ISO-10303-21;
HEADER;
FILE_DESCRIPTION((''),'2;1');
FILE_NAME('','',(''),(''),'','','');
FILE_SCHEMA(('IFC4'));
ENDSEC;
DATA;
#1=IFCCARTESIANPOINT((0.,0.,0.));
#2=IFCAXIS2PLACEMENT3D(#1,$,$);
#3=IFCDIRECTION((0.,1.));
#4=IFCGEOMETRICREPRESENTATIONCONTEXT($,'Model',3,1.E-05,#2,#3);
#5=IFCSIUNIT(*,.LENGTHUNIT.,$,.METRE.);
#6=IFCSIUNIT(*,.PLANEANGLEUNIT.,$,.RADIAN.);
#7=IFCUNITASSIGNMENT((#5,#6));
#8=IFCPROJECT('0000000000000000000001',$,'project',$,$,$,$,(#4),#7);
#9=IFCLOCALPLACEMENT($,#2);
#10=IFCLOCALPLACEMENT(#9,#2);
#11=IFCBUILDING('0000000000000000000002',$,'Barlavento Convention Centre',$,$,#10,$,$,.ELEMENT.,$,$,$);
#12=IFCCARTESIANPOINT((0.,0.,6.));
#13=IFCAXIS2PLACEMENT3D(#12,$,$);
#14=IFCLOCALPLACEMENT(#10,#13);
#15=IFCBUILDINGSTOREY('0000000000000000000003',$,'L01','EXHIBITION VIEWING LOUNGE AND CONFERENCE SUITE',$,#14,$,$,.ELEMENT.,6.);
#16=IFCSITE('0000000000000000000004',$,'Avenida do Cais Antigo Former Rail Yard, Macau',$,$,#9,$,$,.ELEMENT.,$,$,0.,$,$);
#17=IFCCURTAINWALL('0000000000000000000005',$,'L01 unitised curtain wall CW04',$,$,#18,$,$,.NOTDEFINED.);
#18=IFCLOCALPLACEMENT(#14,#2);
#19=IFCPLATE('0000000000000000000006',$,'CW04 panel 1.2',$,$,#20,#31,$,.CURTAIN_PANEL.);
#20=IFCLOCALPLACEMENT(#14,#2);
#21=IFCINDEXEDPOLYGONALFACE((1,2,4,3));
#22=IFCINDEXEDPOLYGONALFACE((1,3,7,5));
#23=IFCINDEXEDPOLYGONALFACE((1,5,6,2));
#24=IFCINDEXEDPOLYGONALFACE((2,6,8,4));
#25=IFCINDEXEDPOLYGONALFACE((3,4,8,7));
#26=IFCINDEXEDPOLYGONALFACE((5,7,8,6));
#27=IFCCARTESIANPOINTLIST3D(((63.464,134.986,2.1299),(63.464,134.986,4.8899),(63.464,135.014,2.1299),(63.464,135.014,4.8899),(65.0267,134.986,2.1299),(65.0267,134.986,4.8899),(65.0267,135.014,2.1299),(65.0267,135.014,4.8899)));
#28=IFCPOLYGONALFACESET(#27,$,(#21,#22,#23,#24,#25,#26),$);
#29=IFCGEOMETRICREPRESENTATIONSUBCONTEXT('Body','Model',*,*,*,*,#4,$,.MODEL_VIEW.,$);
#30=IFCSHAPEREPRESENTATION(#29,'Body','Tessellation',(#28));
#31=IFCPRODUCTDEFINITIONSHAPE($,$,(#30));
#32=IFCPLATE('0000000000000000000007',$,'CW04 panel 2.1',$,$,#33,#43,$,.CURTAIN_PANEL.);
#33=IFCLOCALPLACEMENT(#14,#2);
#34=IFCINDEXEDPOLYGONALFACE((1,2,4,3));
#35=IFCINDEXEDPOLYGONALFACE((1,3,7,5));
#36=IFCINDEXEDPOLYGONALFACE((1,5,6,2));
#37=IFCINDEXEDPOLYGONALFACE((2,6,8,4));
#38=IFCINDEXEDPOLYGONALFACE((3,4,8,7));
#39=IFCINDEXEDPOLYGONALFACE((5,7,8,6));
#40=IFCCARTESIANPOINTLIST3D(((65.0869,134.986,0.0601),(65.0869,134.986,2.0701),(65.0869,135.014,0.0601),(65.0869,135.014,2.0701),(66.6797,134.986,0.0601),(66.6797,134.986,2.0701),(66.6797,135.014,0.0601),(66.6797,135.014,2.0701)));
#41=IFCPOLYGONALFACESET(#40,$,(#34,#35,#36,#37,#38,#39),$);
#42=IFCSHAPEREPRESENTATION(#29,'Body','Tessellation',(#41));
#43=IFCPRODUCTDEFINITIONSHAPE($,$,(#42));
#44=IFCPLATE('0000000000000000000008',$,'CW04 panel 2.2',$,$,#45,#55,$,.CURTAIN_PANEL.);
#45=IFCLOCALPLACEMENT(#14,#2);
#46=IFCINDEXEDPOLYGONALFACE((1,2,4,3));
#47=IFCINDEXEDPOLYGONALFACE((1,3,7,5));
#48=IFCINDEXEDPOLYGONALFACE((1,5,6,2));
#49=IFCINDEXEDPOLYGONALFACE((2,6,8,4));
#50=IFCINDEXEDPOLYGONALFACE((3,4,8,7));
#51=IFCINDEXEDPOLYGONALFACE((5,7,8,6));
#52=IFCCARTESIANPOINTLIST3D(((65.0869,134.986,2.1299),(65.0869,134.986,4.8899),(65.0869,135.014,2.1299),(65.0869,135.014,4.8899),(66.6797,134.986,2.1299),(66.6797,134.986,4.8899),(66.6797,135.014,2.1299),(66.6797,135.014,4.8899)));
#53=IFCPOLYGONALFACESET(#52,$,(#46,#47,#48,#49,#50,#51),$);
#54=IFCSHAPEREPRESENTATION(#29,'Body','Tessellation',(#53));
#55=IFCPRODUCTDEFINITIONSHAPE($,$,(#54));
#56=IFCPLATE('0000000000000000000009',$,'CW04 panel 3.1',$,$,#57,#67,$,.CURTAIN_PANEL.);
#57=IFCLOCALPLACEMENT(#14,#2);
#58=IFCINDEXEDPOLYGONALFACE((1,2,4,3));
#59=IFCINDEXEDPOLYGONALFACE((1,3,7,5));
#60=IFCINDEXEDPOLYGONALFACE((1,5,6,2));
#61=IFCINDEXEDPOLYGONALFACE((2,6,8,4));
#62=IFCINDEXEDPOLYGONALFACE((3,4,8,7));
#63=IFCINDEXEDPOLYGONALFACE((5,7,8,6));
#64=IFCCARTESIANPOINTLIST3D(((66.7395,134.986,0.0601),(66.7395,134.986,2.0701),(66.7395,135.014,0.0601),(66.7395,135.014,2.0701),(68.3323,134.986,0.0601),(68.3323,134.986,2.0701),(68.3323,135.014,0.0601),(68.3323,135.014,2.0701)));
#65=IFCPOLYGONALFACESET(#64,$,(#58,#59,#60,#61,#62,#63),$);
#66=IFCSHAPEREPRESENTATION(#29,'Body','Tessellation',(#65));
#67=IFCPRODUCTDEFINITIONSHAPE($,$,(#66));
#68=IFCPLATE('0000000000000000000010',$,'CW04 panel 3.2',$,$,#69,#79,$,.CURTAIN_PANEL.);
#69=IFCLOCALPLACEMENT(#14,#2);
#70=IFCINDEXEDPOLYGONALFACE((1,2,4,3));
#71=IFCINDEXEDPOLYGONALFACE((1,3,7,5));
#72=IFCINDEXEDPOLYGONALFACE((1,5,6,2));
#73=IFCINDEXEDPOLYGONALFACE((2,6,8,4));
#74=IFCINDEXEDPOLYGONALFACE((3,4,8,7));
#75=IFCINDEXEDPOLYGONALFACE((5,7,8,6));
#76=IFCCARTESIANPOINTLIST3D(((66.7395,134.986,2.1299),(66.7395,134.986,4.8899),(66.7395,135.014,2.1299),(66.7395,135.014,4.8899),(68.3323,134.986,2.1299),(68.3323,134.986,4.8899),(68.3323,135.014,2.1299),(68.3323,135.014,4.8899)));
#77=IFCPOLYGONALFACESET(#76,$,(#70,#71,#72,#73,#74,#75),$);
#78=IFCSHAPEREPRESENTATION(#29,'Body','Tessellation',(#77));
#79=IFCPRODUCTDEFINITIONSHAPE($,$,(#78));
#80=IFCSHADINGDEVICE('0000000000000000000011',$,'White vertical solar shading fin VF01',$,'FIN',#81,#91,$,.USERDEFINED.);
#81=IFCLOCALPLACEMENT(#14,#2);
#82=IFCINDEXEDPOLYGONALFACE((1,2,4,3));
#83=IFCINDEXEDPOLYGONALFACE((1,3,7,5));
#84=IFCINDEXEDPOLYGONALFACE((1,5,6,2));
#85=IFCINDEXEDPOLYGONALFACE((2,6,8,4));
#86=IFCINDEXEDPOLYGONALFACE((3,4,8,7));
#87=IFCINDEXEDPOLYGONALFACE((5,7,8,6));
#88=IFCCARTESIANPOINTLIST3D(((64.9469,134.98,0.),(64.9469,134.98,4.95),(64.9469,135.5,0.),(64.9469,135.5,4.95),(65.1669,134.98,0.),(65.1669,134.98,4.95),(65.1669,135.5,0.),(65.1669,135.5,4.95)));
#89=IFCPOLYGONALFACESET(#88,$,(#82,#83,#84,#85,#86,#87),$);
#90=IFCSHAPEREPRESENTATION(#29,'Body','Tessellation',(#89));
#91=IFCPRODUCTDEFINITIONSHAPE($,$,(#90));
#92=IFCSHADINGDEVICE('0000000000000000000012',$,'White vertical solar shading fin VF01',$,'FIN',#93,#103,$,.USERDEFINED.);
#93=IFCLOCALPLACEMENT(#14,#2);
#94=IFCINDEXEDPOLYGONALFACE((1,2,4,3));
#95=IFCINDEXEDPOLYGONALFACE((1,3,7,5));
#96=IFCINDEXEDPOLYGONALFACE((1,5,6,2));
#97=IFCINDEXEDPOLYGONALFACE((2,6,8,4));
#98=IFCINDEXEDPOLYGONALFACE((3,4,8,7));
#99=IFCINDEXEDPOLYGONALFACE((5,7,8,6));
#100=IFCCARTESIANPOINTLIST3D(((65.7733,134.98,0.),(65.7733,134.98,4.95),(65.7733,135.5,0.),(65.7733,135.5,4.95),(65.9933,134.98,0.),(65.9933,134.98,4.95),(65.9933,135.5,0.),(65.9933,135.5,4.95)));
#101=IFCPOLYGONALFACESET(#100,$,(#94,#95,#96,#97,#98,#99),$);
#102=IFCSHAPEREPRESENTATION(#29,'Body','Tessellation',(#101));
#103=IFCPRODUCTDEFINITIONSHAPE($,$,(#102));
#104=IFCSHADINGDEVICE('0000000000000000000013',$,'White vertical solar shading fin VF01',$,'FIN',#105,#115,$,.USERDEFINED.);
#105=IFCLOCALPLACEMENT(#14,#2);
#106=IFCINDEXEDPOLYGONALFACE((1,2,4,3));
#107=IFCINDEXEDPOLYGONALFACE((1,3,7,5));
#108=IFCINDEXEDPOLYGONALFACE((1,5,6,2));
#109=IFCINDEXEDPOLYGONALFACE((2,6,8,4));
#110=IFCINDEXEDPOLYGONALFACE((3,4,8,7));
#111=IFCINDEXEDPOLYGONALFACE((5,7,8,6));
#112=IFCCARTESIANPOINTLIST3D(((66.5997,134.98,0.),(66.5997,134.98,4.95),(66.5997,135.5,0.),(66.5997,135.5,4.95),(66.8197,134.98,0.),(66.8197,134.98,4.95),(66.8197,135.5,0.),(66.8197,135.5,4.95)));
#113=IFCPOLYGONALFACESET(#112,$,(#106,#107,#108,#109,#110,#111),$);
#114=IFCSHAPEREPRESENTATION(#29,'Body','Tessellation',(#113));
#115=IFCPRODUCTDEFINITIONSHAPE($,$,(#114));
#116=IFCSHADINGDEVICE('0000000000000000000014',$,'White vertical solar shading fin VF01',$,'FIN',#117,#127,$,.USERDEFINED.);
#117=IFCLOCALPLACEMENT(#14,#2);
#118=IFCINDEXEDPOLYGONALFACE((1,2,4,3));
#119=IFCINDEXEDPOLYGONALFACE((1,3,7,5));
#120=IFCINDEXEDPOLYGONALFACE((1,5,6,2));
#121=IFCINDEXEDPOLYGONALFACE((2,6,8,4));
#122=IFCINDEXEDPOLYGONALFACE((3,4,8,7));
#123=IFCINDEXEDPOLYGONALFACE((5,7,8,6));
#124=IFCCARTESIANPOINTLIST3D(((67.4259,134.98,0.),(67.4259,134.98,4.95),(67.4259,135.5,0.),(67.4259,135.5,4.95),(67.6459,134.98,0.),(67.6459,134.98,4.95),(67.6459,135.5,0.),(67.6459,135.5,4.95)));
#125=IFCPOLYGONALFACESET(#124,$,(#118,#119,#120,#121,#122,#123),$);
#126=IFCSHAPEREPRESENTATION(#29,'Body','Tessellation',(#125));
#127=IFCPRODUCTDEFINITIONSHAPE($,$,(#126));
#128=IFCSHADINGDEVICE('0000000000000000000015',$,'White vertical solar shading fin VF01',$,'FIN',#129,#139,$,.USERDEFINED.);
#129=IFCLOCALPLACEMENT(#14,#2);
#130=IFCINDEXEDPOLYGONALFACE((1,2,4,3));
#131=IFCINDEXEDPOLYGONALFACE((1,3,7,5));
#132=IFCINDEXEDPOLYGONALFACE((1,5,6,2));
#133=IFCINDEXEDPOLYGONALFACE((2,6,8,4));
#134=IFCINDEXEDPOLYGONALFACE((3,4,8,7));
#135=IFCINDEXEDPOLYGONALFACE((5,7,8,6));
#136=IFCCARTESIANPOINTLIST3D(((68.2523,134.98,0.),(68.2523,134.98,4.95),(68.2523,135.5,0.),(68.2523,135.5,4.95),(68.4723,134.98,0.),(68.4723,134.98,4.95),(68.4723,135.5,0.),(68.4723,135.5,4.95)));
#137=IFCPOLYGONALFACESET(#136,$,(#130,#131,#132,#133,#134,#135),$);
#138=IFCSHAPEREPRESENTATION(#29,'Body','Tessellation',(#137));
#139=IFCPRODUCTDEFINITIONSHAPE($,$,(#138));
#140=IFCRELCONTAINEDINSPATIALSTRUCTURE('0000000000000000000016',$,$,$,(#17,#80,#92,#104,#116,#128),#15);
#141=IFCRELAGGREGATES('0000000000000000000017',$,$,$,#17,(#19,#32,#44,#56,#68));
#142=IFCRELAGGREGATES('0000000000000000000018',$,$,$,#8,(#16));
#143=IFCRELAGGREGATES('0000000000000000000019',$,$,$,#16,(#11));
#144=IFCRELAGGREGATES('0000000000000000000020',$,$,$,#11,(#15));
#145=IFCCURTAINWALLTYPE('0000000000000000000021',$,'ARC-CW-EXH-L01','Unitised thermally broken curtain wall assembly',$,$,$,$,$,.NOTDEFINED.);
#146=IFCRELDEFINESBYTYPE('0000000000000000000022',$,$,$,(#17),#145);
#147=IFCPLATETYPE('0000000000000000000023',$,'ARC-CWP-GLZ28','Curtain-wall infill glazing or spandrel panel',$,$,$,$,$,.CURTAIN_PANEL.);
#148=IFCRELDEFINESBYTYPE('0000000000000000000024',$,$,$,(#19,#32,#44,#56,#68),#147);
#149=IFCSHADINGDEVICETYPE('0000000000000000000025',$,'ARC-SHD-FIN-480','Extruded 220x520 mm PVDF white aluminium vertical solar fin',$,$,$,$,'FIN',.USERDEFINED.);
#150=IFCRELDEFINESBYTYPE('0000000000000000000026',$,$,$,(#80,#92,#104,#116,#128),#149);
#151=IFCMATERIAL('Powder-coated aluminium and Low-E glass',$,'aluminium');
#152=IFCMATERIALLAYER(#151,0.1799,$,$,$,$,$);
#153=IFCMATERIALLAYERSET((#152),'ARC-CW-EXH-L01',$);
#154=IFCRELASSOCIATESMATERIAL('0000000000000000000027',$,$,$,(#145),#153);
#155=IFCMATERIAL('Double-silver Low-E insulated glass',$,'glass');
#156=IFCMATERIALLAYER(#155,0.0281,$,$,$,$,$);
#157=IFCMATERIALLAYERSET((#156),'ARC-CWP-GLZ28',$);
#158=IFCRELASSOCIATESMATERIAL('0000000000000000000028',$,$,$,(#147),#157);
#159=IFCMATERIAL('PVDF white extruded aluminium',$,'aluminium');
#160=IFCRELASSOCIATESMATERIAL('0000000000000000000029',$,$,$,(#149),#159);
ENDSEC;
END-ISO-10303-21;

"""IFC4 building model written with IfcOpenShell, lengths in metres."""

from ifc_helpers import new_model, si_unit, direction, frame, origin, origin_2d, place, context, subcontext, project, spatial, rectangle, extrude, material, layer, layer_set, type_object, element, aggregate, save


model = new_model("IFC4")

# Units and contexts
model_context = context("Model", 3, precision=1e-05, world=origin(), true_north=direction((0.0, 1.0)))
body_context = subcontext(model_context, "Body", "Model", "MODEL_VIEW")
ifc_project = project(units=[si_unit("LENGTHUNIT", "METRE"), si_unit("PLANEANGLEUNIT", "RADIAN")], contexts=[model_context])

# Site, building, storey
site_placement = place(None, origin())
site = spatial("IfcSite", under=ifc_project, at=site_placement, Name="Avenida do Cais Antigo Former Rail Yard, Macau", CompositionType="ELEMENT", RefElevation=0.0)
building_placement = place(site_placement, origin())
building = spatial("IfcBuilding", under=site, at=building_placement, Name="Barlavento Convention Centre", CompositionType="ELEMENT")
storey_placement = place(building_placement, frame((0.0, 0.0, 6.0)))
storey = spatial("IfcBuildingStorey", under=building, at=storey_placement, Name="L01", Description="EXHIBITION VIEWING LOUNGE AND CONFERENCE SUITE", CompositionType="ELEMENT", Elevation=6.0)

# Curtain wall, plates
ifc_material_1 = material(Name="Powder-coated aluminium and Low-E glass", Category="aluminium")
ifc_layer_1 = layer(ifc_material_1, 0.1799)
ifc_layer_set_1 = layer_set([ifc_layer_1], Name="ARC-CW-EXH-L01")
curtain_wall_type = type_object("IfcCurtainWallType", Name="ARC-CW-EXH-L01", Description="Unitised thermally broken curtain wall assembly", PredefinedType="NOTDEFINED", material=ifc_layer_set_1)
curtain_wall_placement = place(storey_placement, origin())
curtain_wall = element("IfcCurtainWall", 1, at=curtain_wall_placement, inside=storey, type_object=curtain_wall_type, Name="L01 unitised curtain wall CW04", PredefinedType="NOTDEFINED")
ifc_material_2 = material(Name="Double-silver Low-E insulated glass", Category="glass")
ifc_layer_2 = layer(ifc_material_2, 0.0281)
ifc_layer_set_2 = layer_set([ifc_layer_2], Name="ARC-CWP-GLZ28")
plate_type = type_object("IfcPlateType", Name="ARC-CWP-GLZ28", Description="Curtain-wall infill glazing or spandrel panel", PredefinedType="CURTAIN_PANEL", material=ifc_layer_set_2)
plate_1_placement = place(storey_placement, frame((64.2454, 135.0, 2.1299), z_axis=(0.0, 0.0, 1.0), x_axis=(1.0, 0.0, 0.0)))
plate_1 = element("IfcPlate", 2, at=plate_1_placement, type_object=plate_type, Name="CW04 panel 1.2", PredefinedType="CURTAIN_PANEL", context=body_context, shape_type="SweptSolid", body=[
    extrude(rectangle(XDim=1.5627, YDim=0.0281, at=origin_2d()), origin(), (0.0, 0.0, 1.0), 2.76),
])
plate_2_placement = place(storey_placement, frame((65.8833, 135.0, 0.0601), z_axis=(0.0, 0.0, 1.0), x_axis=(1.0, 0.0, 0.0)))
plate_2 = element("IfcPlate", 3, at=plate_2_placement, type_object=plate_type, Name="CW04 panel 2.1", PredefinedType="CURTAIN_PANEL", context=body_context, shape_type="SweptSolid", body=[
    extrude(rectangle(XDim=1.5928, YDim=0.0281, at=origin_2d()), origin(), (0.0, 0.0, 1.0), 2.01),
])
plate_3_placement = place(storey_placement, frame((65.8833, 135.0, 2.1299), z_axis=(0.0, 0.0, 1.0), x_axis=(1.0, 0.0, 0.0)))
plate_3 = element("IfcPlate", 4, at=plate_3_placement, type_object=plate_type, Name="CW04 panel 2.2", PredefinedType="CURTAIN_PANEL", context=body_context, shape_type="SweptSolid", body=[
    extrude(rectangle(XDim=1.5928, YDim=0.0281, at=origin_2d()), origin(), (0.0, 0.0, 1.0), 2.76),
])
plate_4_placement = place(storey_placement, frame((67.5359, 135.0, 0.0601), z_axis=(0.0, 0.0, 1.0), x_axis=(1.0, 0.0, 0.0)))
plate_4 = element("IfcPlate", 5, at=plate_4_placement, type_object=plate_type, Name="CW04 panel 3.1", PredefinedType="CURTAIN_PANEL", context=body_context, shape_type="SweptSolid", body=[
    extrude(rectangle(XDim=1.5928, YDim=0.0281, at=origin_2d()), origin(), (0.0, 0.0, 1.0), 2.01),
])
plate_5_placement = place(storey_placement, frame((67.5359, 135.0, 2.1299), z_axis=(0.0, 0.0, 1.0), x_axis=(1.0, 0.0, 0.0)))
plate_5 = element("IfcPlate", 6, at=plate_5_placement, type_object=plate_type, Name="CW04 panel 3.2", PredefinedType="CURTAIN_PANEL", context=body_context, shape_type="SweptSolid", body=[
    extrude(rectangle(XDim=1.5928, YDim=0.0281, at=origin_2d()), origin(), (0.0, 0.0, 1.0), 2.76),
])
aggregate(curtain_wall, [plate_1, plate_2, plate_3, plate_4, plate_5])

# Shading devices
ifc_material_3 = material(Name="PVDF white extruded aluminium", Category="aluminium")
shading_device_type = type_object("IfcShadingDeviceType", Name="ARC-SHD-FIN-480", Description="Extruded 220x520 mm PVDF white aluminium vertical solar fin", ElementType="FIN", PredefinedType="USERDEFINED", material=ifc_material_3)
for number, where, z_axis, x_axis, name in (
    (7, (65.0569, 135.24, 0.0), (0.0, 0.0, 1.0), (1.0, 0.0, 0.0), "White vertical solar shading fin VF01"),
    (8, (65.8833, 135.24, 0.0), (0.0, 0.0, 1.0), (1.0, 0.0, 0.0), "White vertical solar shading fin VF01"),
    (9, (66.7097, 135.24, 0.0), (0.0, 0.0, 1.0), (1.0, 0.0, 0.0), "White vertical solar shading fin VF01"),
    (10, (67.5359, 135.24, 0.0), (0.0, 0.0, 1.0), (1.0, 0.0, 0.0), "White vertical solar shading fin VF01"),
    (11, (68.3623, 135.24, 0.0), (0.0, 0.0, 1.0), (1.0, 0.0, 0.0), "White vertical solar shading fin VF01"),
):
    element("IfcShadingDevice", number, at=place(storey_placement, frame(where, z_axis=z_axis, x_axis=x_axis)), inside=storey, type_object=shading_device_type, Name=name, ObjectType="FIN", PredefinedType="USERDEFINED", context=body_context, shape_type="SweptSolid", body=[
        extrude(rectangle(XDim=0.22, YDim=0.52, at=origin_2d()), origin(), (0.0, 0.0, 1.0), 4.95),
    ])

save(model, "model.ifc")
